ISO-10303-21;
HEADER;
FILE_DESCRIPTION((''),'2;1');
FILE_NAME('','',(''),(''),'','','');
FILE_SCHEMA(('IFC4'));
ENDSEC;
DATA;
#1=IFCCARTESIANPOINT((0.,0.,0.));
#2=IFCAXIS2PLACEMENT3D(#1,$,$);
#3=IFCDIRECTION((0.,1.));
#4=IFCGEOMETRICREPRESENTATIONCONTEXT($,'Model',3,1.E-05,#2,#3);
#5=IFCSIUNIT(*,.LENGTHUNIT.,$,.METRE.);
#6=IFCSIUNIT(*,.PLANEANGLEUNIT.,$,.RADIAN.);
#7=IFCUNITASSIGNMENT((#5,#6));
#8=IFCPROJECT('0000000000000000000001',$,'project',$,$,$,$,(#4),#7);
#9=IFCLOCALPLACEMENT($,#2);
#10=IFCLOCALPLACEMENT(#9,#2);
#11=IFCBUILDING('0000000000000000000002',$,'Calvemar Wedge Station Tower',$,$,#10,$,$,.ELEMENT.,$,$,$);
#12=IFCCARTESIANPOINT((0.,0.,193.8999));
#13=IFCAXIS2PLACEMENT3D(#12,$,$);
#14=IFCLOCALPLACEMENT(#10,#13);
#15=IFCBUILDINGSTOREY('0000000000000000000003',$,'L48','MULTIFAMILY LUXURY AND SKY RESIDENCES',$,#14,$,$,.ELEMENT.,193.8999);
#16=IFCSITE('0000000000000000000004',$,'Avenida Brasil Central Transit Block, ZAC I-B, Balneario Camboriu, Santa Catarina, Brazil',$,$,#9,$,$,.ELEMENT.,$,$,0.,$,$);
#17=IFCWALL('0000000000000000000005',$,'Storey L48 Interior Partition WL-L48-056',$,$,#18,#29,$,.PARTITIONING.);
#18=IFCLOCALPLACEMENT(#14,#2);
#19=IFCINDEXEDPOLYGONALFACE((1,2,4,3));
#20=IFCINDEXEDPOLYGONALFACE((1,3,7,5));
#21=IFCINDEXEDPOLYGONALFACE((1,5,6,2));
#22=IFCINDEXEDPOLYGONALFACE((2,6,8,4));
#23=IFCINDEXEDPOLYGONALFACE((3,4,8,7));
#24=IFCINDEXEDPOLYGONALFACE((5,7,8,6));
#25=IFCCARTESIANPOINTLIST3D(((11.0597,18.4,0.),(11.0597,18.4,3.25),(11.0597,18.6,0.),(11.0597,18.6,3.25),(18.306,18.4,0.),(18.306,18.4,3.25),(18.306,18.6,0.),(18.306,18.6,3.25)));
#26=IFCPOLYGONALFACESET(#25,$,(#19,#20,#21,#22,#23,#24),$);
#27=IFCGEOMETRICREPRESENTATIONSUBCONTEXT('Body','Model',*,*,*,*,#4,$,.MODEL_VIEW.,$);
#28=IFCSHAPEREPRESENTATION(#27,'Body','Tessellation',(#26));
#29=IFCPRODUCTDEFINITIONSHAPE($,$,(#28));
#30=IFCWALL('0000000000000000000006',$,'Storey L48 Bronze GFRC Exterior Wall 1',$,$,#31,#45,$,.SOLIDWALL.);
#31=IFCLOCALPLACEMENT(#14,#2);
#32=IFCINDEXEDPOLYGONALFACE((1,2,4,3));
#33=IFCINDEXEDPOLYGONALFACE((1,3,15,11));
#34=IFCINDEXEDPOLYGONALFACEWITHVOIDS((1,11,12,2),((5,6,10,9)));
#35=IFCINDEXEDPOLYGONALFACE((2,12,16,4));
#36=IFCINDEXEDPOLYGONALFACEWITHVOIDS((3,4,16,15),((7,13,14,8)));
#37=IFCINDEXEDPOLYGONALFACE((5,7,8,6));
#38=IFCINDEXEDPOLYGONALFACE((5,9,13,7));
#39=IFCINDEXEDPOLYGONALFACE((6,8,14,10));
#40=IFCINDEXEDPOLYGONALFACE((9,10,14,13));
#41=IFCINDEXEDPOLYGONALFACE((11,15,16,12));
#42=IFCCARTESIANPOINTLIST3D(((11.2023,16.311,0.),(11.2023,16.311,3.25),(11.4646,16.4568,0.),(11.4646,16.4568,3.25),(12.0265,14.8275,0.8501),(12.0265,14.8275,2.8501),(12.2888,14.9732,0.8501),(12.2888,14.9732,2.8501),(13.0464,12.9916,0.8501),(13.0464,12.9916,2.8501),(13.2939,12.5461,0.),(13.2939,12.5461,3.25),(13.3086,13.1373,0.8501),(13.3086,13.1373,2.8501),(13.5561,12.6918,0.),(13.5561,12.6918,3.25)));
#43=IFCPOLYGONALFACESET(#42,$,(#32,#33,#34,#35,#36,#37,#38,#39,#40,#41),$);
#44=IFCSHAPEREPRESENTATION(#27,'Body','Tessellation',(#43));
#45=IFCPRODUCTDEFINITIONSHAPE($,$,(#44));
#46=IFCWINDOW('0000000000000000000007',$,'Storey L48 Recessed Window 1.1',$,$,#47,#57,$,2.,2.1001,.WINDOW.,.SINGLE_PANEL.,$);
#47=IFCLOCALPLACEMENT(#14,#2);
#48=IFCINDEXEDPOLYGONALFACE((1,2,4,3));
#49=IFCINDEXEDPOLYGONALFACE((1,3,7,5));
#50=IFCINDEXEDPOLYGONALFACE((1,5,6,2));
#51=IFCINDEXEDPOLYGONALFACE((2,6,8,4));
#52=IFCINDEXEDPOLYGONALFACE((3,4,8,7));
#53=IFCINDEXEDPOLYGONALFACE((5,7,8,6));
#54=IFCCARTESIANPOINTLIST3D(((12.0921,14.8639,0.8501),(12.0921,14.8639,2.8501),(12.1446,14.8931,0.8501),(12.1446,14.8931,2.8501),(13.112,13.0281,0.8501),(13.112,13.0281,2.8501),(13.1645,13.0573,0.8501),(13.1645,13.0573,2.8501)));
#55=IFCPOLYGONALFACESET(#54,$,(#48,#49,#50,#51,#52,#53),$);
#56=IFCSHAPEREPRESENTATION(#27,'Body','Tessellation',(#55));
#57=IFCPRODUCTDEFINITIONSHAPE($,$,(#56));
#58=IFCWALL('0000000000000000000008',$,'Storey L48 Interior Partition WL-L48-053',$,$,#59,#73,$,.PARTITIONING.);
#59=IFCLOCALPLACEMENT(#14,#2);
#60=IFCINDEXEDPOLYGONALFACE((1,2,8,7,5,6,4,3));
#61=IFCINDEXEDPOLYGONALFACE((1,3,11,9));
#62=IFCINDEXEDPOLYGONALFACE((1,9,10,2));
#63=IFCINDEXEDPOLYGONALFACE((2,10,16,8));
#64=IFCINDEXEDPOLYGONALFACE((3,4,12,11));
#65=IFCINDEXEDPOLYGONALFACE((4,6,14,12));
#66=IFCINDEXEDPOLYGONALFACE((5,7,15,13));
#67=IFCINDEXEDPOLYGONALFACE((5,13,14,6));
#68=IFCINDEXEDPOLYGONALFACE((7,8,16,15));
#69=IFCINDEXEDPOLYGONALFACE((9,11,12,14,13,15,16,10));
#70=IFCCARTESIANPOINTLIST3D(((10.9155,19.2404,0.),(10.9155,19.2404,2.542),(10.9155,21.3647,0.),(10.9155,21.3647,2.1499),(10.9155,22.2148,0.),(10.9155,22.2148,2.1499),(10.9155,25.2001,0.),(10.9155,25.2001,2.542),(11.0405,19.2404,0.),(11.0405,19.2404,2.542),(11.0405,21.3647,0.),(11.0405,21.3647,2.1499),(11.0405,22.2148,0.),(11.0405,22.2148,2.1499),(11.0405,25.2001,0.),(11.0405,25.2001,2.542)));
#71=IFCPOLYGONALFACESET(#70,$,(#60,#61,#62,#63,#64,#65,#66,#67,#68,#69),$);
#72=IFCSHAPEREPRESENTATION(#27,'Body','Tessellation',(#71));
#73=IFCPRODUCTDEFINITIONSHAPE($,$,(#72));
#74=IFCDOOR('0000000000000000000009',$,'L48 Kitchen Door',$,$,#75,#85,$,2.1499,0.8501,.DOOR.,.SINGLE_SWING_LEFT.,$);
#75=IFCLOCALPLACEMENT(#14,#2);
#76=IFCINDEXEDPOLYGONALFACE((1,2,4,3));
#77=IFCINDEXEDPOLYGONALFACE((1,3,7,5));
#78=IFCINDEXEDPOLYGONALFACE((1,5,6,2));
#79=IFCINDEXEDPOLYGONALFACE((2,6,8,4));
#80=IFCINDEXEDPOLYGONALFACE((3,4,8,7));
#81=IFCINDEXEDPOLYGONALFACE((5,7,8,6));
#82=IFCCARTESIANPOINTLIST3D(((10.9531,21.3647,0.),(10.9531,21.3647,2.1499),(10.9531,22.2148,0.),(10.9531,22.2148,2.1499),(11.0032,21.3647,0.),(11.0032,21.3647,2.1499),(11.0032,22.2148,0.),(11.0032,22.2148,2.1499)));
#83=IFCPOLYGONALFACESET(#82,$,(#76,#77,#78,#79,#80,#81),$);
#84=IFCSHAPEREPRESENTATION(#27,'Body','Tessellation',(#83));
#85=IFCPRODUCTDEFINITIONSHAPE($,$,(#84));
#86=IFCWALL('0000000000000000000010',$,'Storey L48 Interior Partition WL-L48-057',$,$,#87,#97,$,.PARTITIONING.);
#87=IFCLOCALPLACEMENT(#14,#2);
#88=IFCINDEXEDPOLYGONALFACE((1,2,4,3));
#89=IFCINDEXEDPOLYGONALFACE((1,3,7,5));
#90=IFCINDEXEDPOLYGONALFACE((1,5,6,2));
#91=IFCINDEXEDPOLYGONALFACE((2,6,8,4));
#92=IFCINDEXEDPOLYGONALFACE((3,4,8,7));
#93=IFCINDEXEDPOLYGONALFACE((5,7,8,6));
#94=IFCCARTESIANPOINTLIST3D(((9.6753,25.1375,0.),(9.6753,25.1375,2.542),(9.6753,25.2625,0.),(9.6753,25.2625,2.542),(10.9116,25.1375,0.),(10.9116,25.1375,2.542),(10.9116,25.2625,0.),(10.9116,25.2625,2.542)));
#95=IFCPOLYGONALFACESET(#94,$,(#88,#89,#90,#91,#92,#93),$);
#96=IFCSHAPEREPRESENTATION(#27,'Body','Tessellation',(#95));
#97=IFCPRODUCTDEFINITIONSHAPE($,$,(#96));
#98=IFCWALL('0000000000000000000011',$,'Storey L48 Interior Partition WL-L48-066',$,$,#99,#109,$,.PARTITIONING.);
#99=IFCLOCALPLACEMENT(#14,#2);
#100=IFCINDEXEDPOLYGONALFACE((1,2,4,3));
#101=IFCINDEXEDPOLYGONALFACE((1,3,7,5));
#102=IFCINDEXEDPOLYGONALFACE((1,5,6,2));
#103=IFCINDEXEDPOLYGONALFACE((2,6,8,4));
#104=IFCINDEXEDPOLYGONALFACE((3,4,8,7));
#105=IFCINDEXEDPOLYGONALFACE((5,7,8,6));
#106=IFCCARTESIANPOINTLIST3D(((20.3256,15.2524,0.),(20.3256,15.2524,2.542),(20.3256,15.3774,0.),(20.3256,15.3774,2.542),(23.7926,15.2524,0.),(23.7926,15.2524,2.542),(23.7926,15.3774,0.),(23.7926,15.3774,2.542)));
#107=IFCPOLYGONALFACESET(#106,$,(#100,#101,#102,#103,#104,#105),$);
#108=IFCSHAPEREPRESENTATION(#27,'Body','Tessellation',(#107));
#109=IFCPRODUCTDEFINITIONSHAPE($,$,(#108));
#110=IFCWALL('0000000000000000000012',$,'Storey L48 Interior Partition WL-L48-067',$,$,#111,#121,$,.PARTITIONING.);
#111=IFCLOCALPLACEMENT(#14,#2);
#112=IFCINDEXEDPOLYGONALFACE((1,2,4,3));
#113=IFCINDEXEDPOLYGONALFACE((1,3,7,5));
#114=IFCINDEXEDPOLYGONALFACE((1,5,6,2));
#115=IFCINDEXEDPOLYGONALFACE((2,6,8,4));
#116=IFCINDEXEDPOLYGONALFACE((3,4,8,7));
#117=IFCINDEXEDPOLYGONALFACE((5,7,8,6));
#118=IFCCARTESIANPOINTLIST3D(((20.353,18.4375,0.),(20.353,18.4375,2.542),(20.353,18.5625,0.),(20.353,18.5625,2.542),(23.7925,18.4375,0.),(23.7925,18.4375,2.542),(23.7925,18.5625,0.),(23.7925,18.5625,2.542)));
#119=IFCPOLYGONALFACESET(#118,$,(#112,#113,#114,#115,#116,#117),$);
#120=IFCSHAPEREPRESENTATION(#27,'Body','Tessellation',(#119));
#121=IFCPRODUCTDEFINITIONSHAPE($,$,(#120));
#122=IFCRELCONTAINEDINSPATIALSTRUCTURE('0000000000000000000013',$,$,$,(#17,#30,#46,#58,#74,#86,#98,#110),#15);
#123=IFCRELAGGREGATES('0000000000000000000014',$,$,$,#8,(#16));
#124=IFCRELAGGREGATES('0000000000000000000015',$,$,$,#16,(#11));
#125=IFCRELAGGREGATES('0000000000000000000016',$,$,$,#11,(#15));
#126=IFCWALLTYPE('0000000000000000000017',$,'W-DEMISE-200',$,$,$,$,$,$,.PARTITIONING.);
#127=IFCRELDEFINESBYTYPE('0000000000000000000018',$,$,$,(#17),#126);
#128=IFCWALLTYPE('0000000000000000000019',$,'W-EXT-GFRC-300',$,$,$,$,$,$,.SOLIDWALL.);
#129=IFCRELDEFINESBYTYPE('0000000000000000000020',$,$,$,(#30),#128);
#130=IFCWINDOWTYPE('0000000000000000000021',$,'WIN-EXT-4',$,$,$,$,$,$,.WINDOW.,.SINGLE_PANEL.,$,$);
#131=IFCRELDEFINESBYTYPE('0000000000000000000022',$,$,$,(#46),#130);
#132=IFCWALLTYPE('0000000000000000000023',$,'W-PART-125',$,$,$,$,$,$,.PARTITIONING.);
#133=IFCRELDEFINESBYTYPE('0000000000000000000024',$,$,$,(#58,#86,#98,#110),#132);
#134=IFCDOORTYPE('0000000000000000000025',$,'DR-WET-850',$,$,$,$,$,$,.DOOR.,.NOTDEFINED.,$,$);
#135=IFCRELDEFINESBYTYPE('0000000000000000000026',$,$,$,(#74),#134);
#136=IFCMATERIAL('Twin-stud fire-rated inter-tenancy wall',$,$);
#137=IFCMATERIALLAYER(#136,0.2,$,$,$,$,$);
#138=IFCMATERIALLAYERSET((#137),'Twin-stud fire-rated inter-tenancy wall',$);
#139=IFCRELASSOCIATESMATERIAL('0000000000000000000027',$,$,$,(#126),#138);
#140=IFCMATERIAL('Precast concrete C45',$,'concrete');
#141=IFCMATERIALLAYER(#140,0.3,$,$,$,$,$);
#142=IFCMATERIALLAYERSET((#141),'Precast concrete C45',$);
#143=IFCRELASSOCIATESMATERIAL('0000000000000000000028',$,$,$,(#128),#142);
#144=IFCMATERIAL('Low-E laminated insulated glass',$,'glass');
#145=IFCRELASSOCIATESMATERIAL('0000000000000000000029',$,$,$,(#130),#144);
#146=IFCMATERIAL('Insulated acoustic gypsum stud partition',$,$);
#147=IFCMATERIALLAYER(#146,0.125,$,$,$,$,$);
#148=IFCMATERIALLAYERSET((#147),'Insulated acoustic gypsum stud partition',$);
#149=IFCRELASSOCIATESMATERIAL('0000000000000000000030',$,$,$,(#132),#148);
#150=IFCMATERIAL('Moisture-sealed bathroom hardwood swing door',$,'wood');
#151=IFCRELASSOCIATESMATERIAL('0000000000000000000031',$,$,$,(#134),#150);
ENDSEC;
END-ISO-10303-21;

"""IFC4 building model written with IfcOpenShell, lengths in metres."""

from ifc_helpers import new_model, si_unit, direction, frame, frame_2d, origin, place, context, subcontext, project, spatial, rectangle, extrude, source, transform, mapped, material, layer, layer_set, type_object, element, fill, save


model = new_model("IFC4")

# Units and contexts
model_context = context("Model", 3, precision=1e-05, world=origin(), true_north=direction((0.0, 1.0)))
body_context = subcontext(model_context, "Body", "Model", "MODEL_VIEW")
ifc_project = project(units=[si_unit("LENGTHUNIT", "METRE"), si_unit("PLANEANGLEUNIT", "RADIAN")], contexts=[model_context])

# Site, building, storey
site_placement = place(None, origin())
site = spatial("IfcSite", under=ifc_project, at=site_placement, Name="Avenida Brasil Central Transit Block, ZAC I-B, Balneario Camboriu, Santa Catarina, Brazil", CompositionType="ELEMENT", RefElevation=0.0)
building_placement = place(site_placement, origin())
building = spatial("IfcBuilding", under=site, at=building_placement, Name="Calvemar Wedge Station Tower", CompositionType="ELEMENT")
storey_placement = place(building_placement, frame((0.0, 0.0, 193.8999)))
storey = spatial("IfcBuildingStorey", under=building, at=storey_placement, Name="L48", Description="MULTIFAMILY LUXURY AND SKY RESIDENCES", CompositionType="ELEMENT", Elevation=193.8999)

# Wall
ifc_material_1 = material(Name="Twin-stud fire-rated inter-tenancy wall")
ifc_layer_1 = layer(ifc_material_1, 0.2)
ifc_layer_set_1 = layer_set([ifc_layer_1], Name="Twin-stud fire-rated inter-tenancy wall")
wall_type_1 = type_object("IfcWallType", Name="W-DEMISE-200", PredefinedType="PARTITIONING", material=ifc_layer_set_1)
wall_1_placement = place(storey_placement, frame((18.3059, 18.5, 0.0), z_axis=(0.0, 0.0, 1.0), x_axis=(-1.0, 0.0, 0.0)))
element("IfcWall", 1, at=wall_1_placement, inside=storey, type_object=wall_type_1, Name="Storey L48 Interior Partition WL-L48-056", PredefinedType="PARTITIONING", context=body_context, shape_type="SweptSolid", body=[
    extrude(rectangle(XDim=7.2463, YDim=0.2, at=frame_2d((3.623, 0.0))), origin(), (0.0, 0.0, 1.0), 3.25),
])

# Wall, opening, window
ifc_material_2 = material(Name="Precast concrete C45", Category="concrete")
ifc_layer_2 = layer(ifc_material_2, 0.3)
ifc_layer_set_2 = layer_set([ifc_layer_2], Name="Precast concrete C45")
wall_type_2 = type_object("IfcWallType", Name="W-EXT-GFRC-300", PredefinedType="SOLIDWALL", material=ifc_layer_set_2)
wall_2_placement = place(storey_placement, frame((11.3335, 16.3838, 0.0), z_axis=(0.0, 0.0, 1.0), x_axis=(0.485633, -0.874163, 0.0)))
wall_2 = element("IfcWall", 2, at=wall_2_placement, inside=storey, type_object=wall_type_2, Name="Storey L48 Bronze GFRC Exterior Wall 1", PredefinedType="SOLIDWALL", context=body_context, shape_type="SweptSolid", body=[
    extrude(rectangle(XDim=4.3069, YDim=0.3, at=frame_2d((2.1533, 0.0))), origin(), (0.0, 0.0, 1.0), 3.25),
])
shared_shape_1 = source(origin(), body_context, "Body", "SweptSolid", [
    extrude(rectangle(XDim=2.1001, YDim=2.0, at=frame_2d((1.05, 1.0))), frame((0.0, 0.1602, 0.0), z_axis=(0.0, -1.0, 0.0), x_axis=(1.0, 0.0, 0.0)), (0.0, 0.0, 1.0), 0.3201),
])
opening_1_placement = place(wall_2_placement, frame((1.697, 0.0, 0.8501)))
opening_1 = element("IfcOpeningElement", 3, at=opening_1_placement, cuts=wall_2, PredefinedType="OPENING", context=body_context, shape_type="MappedRepresentation", body=[
    mapped(shared_shape_1, transform((0.0, 0.0, 0.0), scale=1.0)),
])
ifc_material_3 = material(Name="Low-E laminated insulated glass", Category="glass")
window_type = type_object("IfcWindowType", Name="WIN-EXT-4", PartitioningType="SINGLE_PANEL", PredefinedType="WINDOW", material=ifc_material_3)
shared_shape_2 = source(origin(), body_context, "Body", "SweptSolid", [
    extrude(rectangle(XDim=2.1001, YDim=2.0, at=frame_2d((1.05, 1.0))), frame((0.0, -0.0149, 0.0), z_axis=(0.0, -1.0, 0.0), x_axis=(1.0, 0.0, 0.0)), (0.0, 0.0, 1.0), 0.0601),
])
window_placement = place(opening_1_placement, origin())
window = element("IfcWindow", 4, at=window_placement, inside=storey, type_object=window_type, Name="Storey L48 Recessed Window 1.1", OverallHeight=2.0, OverallWidth=2.1001, PartitioningType="SINGLE_PANEL", PredefinedType="WINDOW", context=body_context, shape_type="MappedRepresentation", body=[
    mapped(shared_shape_2, transform((0.0, 0.0, 0.0), scale=1.0)),
])
fill(opening_1, window)

# Wall, opening, door
ifc_material_4 = material(Name="Insulated acoustic gypsum stud partition")
ifc_layer_3 = layer(ifc_material_4, 0.125)
ifc_layer_set_3 = layer_set([ifc_layer_3], Name="Insulated acoustic gypsum stud partition")
wall_type_3 = type_object("IfcWallType", Name="W-PART-125", PredefinedType="PARTITIONING", material=ifc_layer_set_3)
wall_3_placement = place(storey_placement, frame((10.978, 19.2402, 0.0), z_axis=(0.0, 0.0, 1.0), x_axis=(0.0, 1.0, 0.0)))
wall_3 = element("IfcWall", 5, at=wall_3_placement, inside=storey, type_object=wall_type_3, Name="Storey L48 Interior Partition WL-L48-053", PredefinedType="PARTITIONING", context=body_context, shape_type="SweptSolid", body=[
    extrude(rectangle(XDim=5.9597, YDim=0.125, at=frame_2d((2.98, 0.0))), origin(), (0.0, 0.0, 1.0), 2.542),
])
shared_shape_3 = source(origin(), body_context, "Body", "SweptSolid", [
    extrude(rectangle(XDim=0.8501, YDim=2.1499, at=frame_2d((0.425, 1.075))), frame((0.0, 0.0725, 0.0), z_axis=(0.0, -1.0, 0.0), x_axis=(1.0, 0.0, 0.0)), (0.0, 0.0, 1.0), 0.145),
])
opening_2_placement = place(wall_3_placement, frame((2.1245, 0.0, 0.0)))
opening_2 = element("IfcOpeningElement", 6, at=opening_2_placement, cuts=wall_3, PredefinedType="OPENING", context=body_context, shape_type="MappedRepresentation", body=[
    mapped(shared_shape_3, transform((0.0, 0.0, 0.0), scale=1.0)),
])
ifc_material_5 = material(Name="Moisture-sealed bathroom hardwood swing door", Category="wood")
door_type_1 = type_object("IfcDoorType", Name="DR-WET-850", OperationType="NOTDEFINED", PredefinedType="DOOR", material=ifc_material_5)
shared_shape_4 = source(origin(), body_context, "Body", "SweptSolid", [
    extrude(rectangle(XDim=0.8501, YDim=2.1499, at=frame_2d((0.425, 1.075))), frame((0.0, 0.0249, 0.0), z_axis=(0.0, -1.0, 0.0), x_axis=(1.0, 0.0, 0.0)), (0.0, 0.0, 1.0), 0.05),
])
door_1_placement = place(opening_2_placement, origin())
door_1 = element("IfcDoor", 7, at=door_1_placement, inside=storey, type_object=door_type_1, Name="L48 Kitchen Door", OperationType="SINGLE_SWING_LEFT", OverallHeight=2.1499, OverallWidth=0.8501, PredefinedType="DOOR", context=body_context, shape_type="MappedRepresentation", body=[
    mapped(shared_shape_4, transform((0.0, 0.0, 0.0), scale=1.0)),
])
fill(opening_2, door_1)

# Wall
wall_4_placement = place(storey_placement, frame((9.6753, 25.2, 0.0), z_axis=(0.0, 0.0, 1.0), x_axis=(1.0, 0.0, 0.0)))
element("IfcWall", 8, at=wall_4_placement, inside=storey, type_object=wall_type_3, Name="Storey L48 Interior Partition WL-L48-057", PredefinedType="PARTITIONING", context=body_context, shape_type="SweptSolid", body=[
    extrude(rectangle(XDim=1.2363, YDim=0.125, at=frame_2d((0.6182, 0.0))), origin(), (0.0, 0.0, 1.0), 2.542),
])

# Walls
wall_5_placement = place(storey_placement, frame((23.7925, 15.3149, 0.0), z_axis=(0.0, 0.0, 1.0), x_axis=(-1.0, 0.0, 0.0)))
element("IfcWall", 9, at=wall_5_placement, inside=storey, type_object=wall_type_3, Name="Storey L48 Interior Partition WL-L48-066", PredefinedType="PARTITIONING", context=body_context, shape_type="SweptSolid", body=[
    extrude(rectangle(XDim=3.467, YDim=0.125, at=frame_2d((1.7334, 0.0))), origin(), (0.0, 0.0, 1.0), 2.542),
])
wall_6_placement = place(storey_placement, frame((20.353, 18.5, 0.0), z_axis=(0.0, 0.0, 1.0), x_axis=(1.0, 0.0, 0.0)))
element("IfcWall", 10, at=wall_6_placement, inside=storey, type_object=wall_type_3, Name="Storey L48 Interior Partition WL-L48-067", PredefinedType="PARTITIONING", context=body_context, shape_type="SweptSolid", body=[
    extrude(rectangle(XDim=3.4395, YDim=0.125, at=frame_2d((1.7197, 0.0))), origin(), (0.0, 0.0, 1.0), 2.542),
])

save(model, "model.ifc")
